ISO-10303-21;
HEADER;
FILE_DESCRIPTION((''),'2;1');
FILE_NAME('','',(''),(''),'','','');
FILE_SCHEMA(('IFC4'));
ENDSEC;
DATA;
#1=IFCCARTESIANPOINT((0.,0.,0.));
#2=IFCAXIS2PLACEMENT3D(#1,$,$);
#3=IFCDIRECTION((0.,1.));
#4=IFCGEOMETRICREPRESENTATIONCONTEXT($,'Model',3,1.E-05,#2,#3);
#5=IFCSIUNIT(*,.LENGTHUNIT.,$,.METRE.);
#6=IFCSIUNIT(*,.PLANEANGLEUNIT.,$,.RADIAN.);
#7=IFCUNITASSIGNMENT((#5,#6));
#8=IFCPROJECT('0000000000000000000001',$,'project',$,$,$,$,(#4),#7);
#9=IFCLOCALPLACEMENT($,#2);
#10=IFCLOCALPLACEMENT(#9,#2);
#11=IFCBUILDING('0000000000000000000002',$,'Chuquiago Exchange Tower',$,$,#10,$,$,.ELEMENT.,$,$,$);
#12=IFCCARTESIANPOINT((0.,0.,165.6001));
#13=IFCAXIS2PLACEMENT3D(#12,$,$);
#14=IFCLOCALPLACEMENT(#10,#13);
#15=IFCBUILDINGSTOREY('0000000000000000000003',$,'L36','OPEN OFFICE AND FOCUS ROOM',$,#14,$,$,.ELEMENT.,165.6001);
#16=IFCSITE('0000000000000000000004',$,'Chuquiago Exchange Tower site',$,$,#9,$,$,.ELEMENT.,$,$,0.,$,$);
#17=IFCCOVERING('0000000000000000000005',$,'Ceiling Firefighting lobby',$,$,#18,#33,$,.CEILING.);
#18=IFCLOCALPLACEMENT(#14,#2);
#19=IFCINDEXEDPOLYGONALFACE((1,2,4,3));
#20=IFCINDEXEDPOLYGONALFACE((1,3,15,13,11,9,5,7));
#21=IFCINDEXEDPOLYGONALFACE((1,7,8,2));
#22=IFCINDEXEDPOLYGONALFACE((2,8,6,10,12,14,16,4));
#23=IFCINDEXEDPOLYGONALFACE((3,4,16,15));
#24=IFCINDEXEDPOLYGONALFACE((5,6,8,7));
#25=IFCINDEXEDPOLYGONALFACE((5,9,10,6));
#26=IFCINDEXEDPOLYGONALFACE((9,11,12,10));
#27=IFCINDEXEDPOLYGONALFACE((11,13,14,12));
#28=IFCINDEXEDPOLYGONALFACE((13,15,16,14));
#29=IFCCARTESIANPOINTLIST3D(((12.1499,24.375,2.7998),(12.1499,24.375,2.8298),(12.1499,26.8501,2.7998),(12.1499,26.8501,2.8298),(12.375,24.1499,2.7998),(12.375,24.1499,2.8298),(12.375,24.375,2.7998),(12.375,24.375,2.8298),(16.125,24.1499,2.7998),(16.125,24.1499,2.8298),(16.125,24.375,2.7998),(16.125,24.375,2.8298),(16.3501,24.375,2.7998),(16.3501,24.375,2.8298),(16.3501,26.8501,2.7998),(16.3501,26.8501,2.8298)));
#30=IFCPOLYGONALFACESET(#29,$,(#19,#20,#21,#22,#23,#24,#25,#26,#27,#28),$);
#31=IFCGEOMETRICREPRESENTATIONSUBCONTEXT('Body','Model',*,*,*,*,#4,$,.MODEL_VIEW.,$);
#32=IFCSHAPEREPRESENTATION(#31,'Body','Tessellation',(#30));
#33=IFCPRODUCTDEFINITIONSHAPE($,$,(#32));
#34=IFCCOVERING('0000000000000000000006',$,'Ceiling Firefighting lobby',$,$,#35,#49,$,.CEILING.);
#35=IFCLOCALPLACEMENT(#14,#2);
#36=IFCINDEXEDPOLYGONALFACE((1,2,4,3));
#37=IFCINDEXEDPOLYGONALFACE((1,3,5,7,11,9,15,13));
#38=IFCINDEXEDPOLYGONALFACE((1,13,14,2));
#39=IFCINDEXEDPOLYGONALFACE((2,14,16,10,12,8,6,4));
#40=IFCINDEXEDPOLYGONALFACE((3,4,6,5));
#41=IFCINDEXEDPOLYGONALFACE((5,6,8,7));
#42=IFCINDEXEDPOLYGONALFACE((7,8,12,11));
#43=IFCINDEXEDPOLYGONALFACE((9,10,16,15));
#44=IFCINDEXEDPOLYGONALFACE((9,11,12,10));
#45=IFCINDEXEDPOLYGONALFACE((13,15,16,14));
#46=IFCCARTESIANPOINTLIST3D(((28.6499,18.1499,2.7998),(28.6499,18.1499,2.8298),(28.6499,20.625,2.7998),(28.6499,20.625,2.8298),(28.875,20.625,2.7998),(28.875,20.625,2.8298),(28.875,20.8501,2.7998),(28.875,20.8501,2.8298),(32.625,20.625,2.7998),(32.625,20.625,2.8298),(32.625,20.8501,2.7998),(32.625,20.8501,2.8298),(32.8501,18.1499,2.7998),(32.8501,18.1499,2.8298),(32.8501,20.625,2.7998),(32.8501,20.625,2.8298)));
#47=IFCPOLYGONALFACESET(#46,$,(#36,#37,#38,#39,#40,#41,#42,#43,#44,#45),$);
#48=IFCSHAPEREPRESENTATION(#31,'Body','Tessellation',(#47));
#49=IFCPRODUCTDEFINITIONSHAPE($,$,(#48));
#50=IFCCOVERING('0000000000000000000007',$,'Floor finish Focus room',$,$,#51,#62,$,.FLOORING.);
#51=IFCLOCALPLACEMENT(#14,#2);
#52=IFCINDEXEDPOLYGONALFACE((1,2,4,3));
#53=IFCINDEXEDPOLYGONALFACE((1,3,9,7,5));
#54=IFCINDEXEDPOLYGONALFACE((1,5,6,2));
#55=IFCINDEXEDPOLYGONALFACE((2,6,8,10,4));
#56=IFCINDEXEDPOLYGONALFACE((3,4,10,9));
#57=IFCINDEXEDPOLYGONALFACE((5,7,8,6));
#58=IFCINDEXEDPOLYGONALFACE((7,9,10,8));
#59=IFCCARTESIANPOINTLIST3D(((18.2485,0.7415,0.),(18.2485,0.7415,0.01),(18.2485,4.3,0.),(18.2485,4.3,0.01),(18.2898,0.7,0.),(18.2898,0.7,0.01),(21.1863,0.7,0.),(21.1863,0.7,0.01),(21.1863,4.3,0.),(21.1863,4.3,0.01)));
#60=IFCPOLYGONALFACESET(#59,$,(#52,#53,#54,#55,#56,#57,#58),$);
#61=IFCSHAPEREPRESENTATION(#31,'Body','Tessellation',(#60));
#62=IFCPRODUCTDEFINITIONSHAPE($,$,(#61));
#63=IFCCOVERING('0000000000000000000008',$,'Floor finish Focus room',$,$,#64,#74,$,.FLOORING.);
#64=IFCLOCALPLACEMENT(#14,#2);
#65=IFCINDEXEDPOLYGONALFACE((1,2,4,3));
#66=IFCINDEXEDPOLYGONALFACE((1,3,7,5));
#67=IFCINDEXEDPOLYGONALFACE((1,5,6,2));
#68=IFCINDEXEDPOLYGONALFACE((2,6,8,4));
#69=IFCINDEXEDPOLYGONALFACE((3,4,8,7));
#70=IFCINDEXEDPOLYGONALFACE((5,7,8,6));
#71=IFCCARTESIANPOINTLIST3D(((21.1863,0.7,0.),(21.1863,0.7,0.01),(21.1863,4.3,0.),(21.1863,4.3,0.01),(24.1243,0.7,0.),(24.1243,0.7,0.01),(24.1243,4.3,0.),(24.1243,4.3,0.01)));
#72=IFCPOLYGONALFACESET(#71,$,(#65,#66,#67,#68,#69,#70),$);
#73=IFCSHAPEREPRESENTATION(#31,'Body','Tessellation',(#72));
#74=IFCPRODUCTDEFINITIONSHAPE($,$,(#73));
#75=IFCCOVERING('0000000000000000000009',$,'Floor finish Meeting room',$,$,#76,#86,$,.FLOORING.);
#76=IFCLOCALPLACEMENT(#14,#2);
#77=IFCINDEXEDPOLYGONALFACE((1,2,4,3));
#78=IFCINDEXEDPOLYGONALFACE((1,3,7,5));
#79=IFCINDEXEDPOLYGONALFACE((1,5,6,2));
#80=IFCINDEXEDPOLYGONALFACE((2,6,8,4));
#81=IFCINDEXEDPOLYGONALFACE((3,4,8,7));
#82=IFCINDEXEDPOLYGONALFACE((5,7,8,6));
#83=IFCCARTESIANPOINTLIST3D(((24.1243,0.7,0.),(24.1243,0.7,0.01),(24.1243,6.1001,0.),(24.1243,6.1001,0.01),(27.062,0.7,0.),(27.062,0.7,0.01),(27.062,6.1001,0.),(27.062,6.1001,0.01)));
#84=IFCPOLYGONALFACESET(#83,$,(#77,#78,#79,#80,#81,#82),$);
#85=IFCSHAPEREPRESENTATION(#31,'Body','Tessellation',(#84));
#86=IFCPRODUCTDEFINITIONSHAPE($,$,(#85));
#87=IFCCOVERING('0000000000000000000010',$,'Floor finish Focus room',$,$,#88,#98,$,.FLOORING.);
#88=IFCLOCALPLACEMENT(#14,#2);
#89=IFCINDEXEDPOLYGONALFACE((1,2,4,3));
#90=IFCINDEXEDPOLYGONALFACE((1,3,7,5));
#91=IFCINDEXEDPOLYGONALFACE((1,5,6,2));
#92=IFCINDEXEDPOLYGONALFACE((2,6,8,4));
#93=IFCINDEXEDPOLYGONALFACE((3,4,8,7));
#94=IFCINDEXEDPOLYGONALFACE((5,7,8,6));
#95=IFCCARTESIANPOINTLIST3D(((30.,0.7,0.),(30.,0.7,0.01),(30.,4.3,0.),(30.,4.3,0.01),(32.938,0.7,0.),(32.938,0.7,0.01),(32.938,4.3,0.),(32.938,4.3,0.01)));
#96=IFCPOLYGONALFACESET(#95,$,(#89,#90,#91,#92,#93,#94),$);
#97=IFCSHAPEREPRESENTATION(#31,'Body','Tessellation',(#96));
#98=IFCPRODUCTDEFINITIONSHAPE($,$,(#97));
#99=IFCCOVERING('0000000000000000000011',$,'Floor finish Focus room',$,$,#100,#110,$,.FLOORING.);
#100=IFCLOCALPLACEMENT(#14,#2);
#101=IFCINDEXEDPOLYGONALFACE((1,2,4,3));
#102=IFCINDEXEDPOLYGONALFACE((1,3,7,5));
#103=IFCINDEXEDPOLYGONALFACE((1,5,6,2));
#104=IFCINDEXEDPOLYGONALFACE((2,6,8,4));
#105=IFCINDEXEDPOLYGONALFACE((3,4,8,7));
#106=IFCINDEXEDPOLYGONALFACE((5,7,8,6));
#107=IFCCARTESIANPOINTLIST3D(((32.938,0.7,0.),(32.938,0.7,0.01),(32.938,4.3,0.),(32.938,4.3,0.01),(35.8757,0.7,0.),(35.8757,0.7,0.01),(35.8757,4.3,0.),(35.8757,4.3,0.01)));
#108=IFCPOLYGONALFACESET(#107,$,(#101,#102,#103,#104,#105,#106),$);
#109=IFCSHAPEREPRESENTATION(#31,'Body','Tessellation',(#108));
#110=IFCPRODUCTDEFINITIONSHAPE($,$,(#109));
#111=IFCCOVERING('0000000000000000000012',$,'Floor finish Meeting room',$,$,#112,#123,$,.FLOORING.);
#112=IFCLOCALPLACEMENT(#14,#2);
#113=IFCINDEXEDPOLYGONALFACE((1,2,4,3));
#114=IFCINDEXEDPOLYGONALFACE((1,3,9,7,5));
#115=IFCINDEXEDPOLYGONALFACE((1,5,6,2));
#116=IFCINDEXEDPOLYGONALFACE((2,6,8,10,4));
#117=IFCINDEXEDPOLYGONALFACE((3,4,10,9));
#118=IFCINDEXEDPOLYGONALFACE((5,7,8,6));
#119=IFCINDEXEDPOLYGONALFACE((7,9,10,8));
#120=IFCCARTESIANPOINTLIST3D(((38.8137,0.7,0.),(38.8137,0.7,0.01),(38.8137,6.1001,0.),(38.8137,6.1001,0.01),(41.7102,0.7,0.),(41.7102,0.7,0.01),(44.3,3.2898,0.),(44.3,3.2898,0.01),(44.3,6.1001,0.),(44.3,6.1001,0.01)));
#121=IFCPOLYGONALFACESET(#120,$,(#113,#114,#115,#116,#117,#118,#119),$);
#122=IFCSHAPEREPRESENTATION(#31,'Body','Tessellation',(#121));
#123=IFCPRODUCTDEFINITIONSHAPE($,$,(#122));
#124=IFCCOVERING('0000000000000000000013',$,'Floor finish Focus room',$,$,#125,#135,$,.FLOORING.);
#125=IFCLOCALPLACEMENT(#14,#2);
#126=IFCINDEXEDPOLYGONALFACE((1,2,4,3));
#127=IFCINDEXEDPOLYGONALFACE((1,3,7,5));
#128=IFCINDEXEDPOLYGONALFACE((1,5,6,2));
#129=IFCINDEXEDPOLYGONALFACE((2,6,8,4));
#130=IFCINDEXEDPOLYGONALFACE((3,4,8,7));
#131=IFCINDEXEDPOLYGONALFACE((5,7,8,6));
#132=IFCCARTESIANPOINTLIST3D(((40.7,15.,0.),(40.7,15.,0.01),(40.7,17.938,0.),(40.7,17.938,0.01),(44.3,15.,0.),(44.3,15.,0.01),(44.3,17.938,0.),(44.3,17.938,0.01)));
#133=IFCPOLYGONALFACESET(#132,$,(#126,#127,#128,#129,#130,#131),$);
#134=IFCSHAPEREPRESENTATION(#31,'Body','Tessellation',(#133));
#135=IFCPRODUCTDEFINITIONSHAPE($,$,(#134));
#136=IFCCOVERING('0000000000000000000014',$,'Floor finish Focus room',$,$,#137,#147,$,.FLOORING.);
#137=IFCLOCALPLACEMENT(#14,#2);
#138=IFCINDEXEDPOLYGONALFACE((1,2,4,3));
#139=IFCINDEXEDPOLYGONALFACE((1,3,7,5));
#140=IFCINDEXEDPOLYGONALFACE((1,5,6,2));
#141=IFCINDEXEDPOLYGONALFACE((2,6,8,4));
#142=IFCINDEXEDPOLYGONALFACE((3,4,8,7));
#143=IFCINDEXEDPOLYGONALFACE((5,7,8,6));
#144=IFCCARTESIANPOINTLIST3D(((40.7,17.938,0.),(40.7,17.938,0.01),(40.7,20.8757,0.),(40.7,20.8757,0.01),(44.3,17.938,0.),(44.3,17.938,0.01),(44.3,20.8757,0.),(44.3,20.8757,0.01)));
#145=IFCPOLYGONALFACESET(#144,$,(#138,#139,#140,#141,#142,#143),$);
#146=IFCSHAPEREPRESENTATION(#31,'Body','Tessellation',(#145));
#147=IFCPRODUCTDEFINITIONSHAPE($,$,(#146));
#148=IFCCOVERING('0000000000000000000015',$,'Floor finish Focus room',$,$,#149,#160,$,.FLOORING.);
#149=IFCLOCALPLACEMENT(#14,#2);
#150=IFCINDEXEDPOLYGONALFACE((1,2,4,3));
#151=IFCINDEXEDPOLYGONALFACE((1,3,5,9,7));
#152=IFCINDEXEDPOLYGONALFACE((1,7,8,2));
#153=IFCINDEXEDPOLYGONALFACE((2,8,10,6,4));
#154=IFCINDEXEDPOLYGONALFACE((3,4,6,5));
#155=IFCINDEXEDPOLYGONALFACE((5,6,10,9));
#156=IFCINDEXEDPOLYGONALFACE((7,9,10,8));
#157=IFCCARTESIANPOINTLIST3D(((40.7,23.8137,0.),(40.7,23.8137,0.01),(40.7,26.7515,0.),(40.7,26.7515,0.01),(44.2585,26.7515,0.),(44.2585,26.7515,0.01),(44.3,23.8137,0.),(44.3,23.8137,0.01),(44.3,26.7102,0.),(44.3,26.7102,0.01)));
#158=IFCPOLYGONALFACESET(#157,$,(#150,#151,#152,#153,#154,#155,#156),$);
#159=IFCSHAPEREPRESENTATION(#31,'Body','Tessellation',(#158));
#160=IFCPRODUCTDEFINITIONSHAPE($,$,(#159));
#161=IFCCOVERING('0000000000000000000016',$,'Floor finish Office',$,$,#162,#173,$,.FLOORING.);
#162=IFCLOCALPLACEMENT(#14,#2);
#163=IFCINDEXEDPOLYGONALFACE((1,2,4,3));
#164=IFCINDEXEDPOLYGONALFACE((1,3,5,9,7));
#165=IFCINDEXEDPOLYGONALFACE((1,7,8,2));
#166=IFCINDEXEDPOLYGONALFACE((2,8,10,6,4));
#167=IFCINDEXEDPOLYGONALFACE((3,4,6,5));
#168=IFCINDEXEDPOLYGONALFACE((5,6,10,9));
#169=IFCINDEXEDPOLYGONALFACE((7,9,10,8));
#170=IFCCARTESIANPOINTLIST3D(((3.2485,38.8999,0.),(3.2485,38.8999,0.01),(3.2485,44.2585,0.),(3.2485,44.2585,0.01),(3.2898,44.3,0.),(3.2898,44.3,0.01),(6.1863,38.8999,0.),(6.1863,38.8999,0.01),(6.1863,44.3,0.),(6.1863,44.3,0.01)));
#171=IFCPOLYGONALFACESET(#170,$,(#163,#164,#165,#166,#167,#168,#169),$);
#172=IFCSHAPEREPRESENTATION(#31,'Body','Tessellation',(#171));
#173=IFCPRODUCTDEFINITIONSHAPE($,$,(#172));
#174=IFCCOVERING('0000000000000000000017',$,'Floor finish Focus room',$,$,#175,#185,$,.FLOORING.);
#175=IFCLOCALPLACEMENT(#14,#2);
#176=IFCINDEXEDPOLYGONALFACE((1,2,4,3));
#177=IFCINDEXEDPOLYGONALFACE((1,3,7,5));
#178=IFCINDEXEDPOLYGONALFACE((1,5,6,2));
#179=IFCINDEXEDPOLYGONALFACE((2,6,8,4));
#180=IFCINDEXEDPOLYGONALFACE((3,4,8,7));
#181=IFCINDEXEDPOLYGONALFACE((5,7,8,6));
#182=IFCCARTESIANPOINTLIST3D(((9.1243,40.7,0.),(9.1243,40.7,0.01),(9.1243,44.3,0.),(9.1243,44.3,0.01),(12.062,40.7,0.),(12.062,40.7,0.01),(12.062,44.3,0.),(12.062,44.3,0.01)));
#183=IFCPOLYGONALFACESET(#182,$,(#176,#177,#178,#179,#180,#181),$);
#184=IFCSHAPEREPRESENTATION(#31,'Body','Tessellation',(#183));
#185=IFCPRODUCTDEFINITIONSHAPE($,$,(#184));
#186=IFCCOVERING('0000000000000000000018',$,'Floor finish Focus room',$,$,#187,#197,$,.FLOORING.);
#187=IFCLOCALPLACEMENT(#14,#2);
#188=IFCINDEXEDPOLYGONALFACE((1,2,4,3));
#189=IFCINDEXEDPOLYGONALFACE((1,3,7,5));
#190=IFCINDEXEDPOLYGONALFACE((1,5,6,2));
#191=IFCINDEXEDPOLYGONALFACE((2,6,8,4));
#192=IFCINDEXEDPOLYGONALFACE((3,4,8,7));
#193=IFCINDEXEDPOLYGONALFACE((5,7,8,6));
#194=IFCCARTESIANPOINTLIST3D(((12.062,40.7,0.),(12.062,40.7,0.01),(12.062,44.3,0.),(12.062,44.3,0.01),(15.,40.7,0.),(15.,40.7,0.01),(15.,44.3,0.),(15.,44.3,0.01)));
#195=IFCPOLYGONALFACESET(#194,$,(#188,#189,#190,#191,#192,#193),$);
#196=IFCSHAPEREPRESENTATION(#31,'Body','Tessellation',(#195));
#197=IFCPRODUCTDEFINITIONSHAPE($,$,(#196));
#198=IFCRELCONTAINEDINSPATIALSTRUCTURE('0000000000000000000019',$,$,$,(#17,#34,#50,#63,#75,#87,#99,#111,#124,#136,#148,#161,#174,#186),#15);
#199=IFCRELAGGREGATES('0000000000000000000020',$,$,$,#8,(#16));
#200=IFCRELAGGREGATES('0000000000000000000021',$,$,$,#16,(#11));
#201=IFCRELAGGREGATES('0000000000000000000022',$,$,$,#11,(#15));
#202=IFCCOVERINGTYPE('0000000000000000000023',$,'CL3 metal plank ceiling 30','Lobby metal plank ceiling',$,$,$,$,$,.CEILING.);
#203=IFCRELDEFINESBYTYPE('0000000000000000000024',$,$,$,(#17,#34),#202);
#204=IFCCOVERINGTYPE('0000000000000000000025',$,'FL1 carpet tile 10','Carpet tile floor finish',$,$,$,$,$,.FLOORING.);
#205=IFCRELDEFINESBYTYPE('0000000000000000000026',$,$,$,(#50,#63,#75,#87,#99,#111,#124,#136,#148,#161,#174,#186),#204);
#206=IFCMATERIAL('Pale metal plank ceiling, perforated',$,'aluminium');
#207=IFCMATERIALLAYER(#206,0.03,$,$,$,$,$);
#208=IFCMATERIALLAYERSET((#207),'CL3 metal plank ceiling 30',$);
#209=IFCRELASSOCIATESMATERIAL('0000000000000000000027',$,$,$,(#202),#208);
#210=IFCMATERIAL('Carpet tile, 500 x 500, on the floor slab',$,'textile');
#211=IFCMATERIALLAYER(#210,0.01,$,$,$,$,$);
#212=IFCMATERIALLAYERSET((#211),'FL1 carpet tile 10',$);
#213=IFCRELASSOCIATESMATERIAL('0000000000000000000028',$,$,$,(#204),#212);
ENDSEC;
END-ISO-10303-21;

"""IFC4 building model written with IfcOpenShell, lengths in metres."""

from ifc_helpers import new_model, si_unit, direction, frame, origin, place, context, subcontext, project, spatial, polyline, outline, extrude, material, layer, layer_set, type_object, element, save


model = new_model("IFC4")

# Units and contexts
model_context = context("Model", 3, precision=1e-05, world=origin(), true_north=direction((0.0, 1.0)))
body_context = subcontext(model_context, "Body", "Model", "MODEL_VIEW")
ifc_project = project(units=[si_unit("LENGTHUNIT", "METRE"), si_unit("PLANEANGLEUNIT", "RADIAN")], contexts=[model_context])

# Site, building, storey
site_placement = place(None, origin())
site = spatial("IfcSite", under=ifc_project, at=site_placement, Name="Chuquiago Exchange Tower site", CompositionType="ELEMENT", RefElevation=0.0)
building_placement = place(site_placement, origin())
building = spatial("IfcBuilding", under=site, at=building_placement, Name="Chuquiago Exchange Tower", CompositionType="ELEMENT")
storey_placement = place(building_placement, frame((0.0, 0.0, 165.6001)))
storey = spatial("IfcBuildingStorey", under=building, at=storey_placement, Name="L36", Description="OPEN OFFICE AND FOCUS ROOM", CompositionType="ELEMENT", Elevation=165.6001)

# Coverings
ifc_material_1 = material(Name="Pale metal plank ceiling, perforated", Category="aluminium")
ifc_layer_1 = layer(ifc_material_1, 0.03)
ifc_layer_set_1 = layer_set([ifc_layer_1], Name="CL3 metal plank ceiling 30")
covering_type_1 = type_object("IfcCoveringType", Name="CL3 metal plank ceiling 30", Description="Lobby metal plank ceiling", PredefinedType="CEILING", material=ifc_layer_set_1)
covering_1_placement = place(storey_placement, frame((0.0, 0.0, 2.7998)))
element("IfcCovering", 1, at=covering_1_placement, inside=storey, type_object=covering_type_1, Name="Ceiling Firefighting lobby", PredefinedType="CEILING", context=body_context, shape_type="SweptSolid", body=[
    extrude(outline(polyline([(12.375, 24.1499), (12.375, 24.375), (12.1499, 24.375), (12.1499, 26.8501), (16.3501, 26.8501), (16.3501, 24.375), (16.125, 24.375), (16.125, 24.1499), (12.375, 24.1499)])), origin(), (0.0, 0.0, 1.0), 0.03),
])
covering_2_placement = place(storey_placement, frame((0.0, 0.0, 2.7998)))
element("IfcCovering", 2, at=covering_2_placement, inside=storey, type_object=covering_type_1, Name="Ceiling Firefighting lobby", PredefinedType="CEILING", context=body_context, shape_type="SweptSolid", body=[
    extrude(outline(polyline([(28.6499, 18.1499), (28.6499, 20.625), (28.875, 20.625), (28.875, 20.8501), (32.625, 20.8501), (32.625, 20.625), (32.8501, 20.625), (32.8501, 18.1499), (28.6499, 18.1499)])), origin(), (0.0, 0.0, 1.0), 0.03),
])
ifc_material_2 = material(Name="Carpet tile, 500 x 500, on the floor slab", Category="textile")
ifc_layer_2 = layer(ifc_material_2, 0.01)
ifc_layer_set_2 = layer_set([ifc_layer_2], Name="FL1 carpet tile 10")
covering_type_2 = type_object("IfcCoveringType", Name="FL1 carpet tile 10", Description="Carpet tile floor finish", PredefinedType="FLOORING", material=ifc_layer_set_2)
covering_3_placement = place(storey_placement, origin())
element("IfcCovering", 3, at=covering_3_placement, inside=storey, type_object=covering_type_2, Name="Floor finish Focus room", PredefinedType="FLOORING", context=body_context, shape_type="SweptSolid", body=[
    extrude(outline(polyline([(18.2898, 0.7), (18.2485, 0.7415), (18.2485, 4.3), (21.1863, 4.3), (21.1863, 0.7), (18.2898, 0.7)])), origin(), (0.0, 0.0, 1.0), 0.01),
])
covering_4_placement = place(storey_placement, origin())
element("IfcCovering", 4, at=covering_4_placement, inside=storey, type_object=covering_type_2, Name="Floor finish Focus room", PredefinedType="FLOORING", context=body_context, shape_type="SweptSolid", body=[
    extrude(outline(polyline([(21.1863, 0.7), (21.1863, 4.3), (24.1243, 4.3), (24.1243, 0.7), (21.1863, 0.7)])), origin(), (0.0, 0.0, 1.0), 0.01),
])
covering_5_placement = place(storey_placement, origin())
element("IfcCovering", 5, at=covering_5_placement, inside=storey, type_object=covering_type_2, Name="Floor finish Meeting room", PredefinedType="FLOORING", context=body_context, shape_type="SweptSolid", body=[
    extrude(outline(polyline([(24.1243, 0.7), (24.1243, 6.1001), (27.062, 6.1001), (27.062, 0.7), (24.1243, 0.7)])), origin(), (0.0, 0.0, 1.0), 0.01),
])
covering_6_placement = place(storey_placement, origin())
element("IfcCovering", 6, at=covering_6_placement, inside=storey, type_object=covering_type_2, Name="Floor finish Focus room", PredefinedType="FLOORING", context=body_context, shape_type="SweptSolid", body=[
    extrude(outline(polyline([(30.0, 0.7), (30.0, 4.3), (32.938, 4.3), (32.938, 0.7), (30.0, 0.7)])), origin(), (0.0, 0.0, 1.0), 0.01),
])
covering_7_placement = place(storey_placement, origin())
element("IfcCovering", 7, at=covering_7_placement, inside=storey, type_object=covering_type_2, Name="Floor finish Focus room", PredefinedType="FLOORING", context=body_context, shape_type="SweptSolid", body=[
    extrude(outline(polyline([(32.938, 0.7), (32.938, 4.3), (35.8757, 4.3), (35.8757, 0.7), (32.938, 0.7)])), origin(), (0.0, 0.0, 1.0), 0.01),
])
covering_8_placement = place(storey_placement, origin())
element("IfcCovering", 8, at=covering_8_placement, inside=storey, type_object=covering_type_2, Name="Floor finish Meeting room", PredefinedType="FLOORING", context=body_context, shape_type="SweptSolid", body=[
    extrude(outline(polyline([(44.3, 3.2898), (41.7102, 0.7), (38.8137, 0.7), (38.8137, 6.1001), (44.3, 6.1001), (44.3, 3.2898)])), origin(), (0.0, 0.0, 1.0), 0.01),
])
covering_9_placement = place(storey_placement, origin())
element("IfcCovering", 9, at=covering_9_placement, inside=storey, type_object=covering_type_2, Name="Floor finish Focus room", PredefinedType="FLOORING", context=body_context, shape_type="SweptSolid", body=[
    extrude(outline(polyline([(44.3, 15.0), (40.7, 15.0), (40.7, 17.938), (44.3, 17.938), (44.3, 15.0)])), origin(), (0.0, 0.0, 1.0), 0.01),
])
covering_10_placement = place(storey_placement, origin())
element("IfcCovering", 10, at=covering_10_placement, inside=storey, type_object=covering_type_2, Name="Floor finish Focus room", PredefinedType="FLOORING", context=body_context, shape_type="SweptSolid", body=[
    extrude(outline(polyline([(44.3, 17.938), (40.7, 17.938), (40.7, 20.8757), (44.3, 20.8757), (44.3, 17.938)])), origin(), (0.0, 0.0, 1.0), 0.01),
])
covering_11_placement = place(storey_placement, origin())
element("IfcCovering", 11, at=covering_11_placement, inside=storey, type_object=covering_type_2, Name="Floor finish Focus room", PredefinedType="FLOORING", context=body_context, shape_type="SweptSolid", body=[
    extrude(outline(polyline([(44.3, 26.7102), (44.3, 23.8137), (40.7, 23.8137), (40.7, 26.7515), (44.2585, 26.7515), (44.3, 26.7102)])), origin(), (0.0, 0.0, 1.0), 0.01),
])
covering_12_placement = place(storey_placement, origin())
element("IfcCovering", 12, at=covering_12_placement, inside=storey, type_object=covering_type_2, Name="Floor finish Office", PredefinedType="FLOORING", context=body_context, shape_type="SweptSolid", body=[
    extrude(outline(polyline([(3.2898, 44.3), (6.1863, 44.3), (6.1863, 38.8999), (3.2485, 38.8999), (3.2485, 44.2585), (3.2898, 44.3)])), origin(), (0.0, 0.0, 1.0), 0.01),
])
covering_13_placement = place(storey_placement, origin())
element("IfcCovering", 13, at=covering_13_placement, inside=storey, type_object=covering_type_2, Name="Floor finish Focus room", PredefinedType="FLOORING", context=body_context, shape_type="SweptSolid", body=[
    extrude(outline(polyline([(12.062, 44.3), (12.062, 40.7), (9.1243, 40.7), (9.1243, 44.3), (12.062, 44.3)])), origin(), (0.0, 0.0, 1.0), 0.01),
])
covering_14_placement = place(storey_placement, origin())
element("IfcCovering", 14, at=covering_14_placement, inside=storey, type_object=covering_type_2, Name="Floor finish Focus room", PredefinedType="FLOORING", context=body_context, shape_type="SweptSolid", body=[
    extrude(outline(polyline([(15.0, 44.3), (15.0, 40.7), (12.062, 40.7), (12.062, 44.3), (15.0, 44.3)])), origin(), (0.0, 0.0, 1.0), 0.01),
])

save(model, "model.ifc")
